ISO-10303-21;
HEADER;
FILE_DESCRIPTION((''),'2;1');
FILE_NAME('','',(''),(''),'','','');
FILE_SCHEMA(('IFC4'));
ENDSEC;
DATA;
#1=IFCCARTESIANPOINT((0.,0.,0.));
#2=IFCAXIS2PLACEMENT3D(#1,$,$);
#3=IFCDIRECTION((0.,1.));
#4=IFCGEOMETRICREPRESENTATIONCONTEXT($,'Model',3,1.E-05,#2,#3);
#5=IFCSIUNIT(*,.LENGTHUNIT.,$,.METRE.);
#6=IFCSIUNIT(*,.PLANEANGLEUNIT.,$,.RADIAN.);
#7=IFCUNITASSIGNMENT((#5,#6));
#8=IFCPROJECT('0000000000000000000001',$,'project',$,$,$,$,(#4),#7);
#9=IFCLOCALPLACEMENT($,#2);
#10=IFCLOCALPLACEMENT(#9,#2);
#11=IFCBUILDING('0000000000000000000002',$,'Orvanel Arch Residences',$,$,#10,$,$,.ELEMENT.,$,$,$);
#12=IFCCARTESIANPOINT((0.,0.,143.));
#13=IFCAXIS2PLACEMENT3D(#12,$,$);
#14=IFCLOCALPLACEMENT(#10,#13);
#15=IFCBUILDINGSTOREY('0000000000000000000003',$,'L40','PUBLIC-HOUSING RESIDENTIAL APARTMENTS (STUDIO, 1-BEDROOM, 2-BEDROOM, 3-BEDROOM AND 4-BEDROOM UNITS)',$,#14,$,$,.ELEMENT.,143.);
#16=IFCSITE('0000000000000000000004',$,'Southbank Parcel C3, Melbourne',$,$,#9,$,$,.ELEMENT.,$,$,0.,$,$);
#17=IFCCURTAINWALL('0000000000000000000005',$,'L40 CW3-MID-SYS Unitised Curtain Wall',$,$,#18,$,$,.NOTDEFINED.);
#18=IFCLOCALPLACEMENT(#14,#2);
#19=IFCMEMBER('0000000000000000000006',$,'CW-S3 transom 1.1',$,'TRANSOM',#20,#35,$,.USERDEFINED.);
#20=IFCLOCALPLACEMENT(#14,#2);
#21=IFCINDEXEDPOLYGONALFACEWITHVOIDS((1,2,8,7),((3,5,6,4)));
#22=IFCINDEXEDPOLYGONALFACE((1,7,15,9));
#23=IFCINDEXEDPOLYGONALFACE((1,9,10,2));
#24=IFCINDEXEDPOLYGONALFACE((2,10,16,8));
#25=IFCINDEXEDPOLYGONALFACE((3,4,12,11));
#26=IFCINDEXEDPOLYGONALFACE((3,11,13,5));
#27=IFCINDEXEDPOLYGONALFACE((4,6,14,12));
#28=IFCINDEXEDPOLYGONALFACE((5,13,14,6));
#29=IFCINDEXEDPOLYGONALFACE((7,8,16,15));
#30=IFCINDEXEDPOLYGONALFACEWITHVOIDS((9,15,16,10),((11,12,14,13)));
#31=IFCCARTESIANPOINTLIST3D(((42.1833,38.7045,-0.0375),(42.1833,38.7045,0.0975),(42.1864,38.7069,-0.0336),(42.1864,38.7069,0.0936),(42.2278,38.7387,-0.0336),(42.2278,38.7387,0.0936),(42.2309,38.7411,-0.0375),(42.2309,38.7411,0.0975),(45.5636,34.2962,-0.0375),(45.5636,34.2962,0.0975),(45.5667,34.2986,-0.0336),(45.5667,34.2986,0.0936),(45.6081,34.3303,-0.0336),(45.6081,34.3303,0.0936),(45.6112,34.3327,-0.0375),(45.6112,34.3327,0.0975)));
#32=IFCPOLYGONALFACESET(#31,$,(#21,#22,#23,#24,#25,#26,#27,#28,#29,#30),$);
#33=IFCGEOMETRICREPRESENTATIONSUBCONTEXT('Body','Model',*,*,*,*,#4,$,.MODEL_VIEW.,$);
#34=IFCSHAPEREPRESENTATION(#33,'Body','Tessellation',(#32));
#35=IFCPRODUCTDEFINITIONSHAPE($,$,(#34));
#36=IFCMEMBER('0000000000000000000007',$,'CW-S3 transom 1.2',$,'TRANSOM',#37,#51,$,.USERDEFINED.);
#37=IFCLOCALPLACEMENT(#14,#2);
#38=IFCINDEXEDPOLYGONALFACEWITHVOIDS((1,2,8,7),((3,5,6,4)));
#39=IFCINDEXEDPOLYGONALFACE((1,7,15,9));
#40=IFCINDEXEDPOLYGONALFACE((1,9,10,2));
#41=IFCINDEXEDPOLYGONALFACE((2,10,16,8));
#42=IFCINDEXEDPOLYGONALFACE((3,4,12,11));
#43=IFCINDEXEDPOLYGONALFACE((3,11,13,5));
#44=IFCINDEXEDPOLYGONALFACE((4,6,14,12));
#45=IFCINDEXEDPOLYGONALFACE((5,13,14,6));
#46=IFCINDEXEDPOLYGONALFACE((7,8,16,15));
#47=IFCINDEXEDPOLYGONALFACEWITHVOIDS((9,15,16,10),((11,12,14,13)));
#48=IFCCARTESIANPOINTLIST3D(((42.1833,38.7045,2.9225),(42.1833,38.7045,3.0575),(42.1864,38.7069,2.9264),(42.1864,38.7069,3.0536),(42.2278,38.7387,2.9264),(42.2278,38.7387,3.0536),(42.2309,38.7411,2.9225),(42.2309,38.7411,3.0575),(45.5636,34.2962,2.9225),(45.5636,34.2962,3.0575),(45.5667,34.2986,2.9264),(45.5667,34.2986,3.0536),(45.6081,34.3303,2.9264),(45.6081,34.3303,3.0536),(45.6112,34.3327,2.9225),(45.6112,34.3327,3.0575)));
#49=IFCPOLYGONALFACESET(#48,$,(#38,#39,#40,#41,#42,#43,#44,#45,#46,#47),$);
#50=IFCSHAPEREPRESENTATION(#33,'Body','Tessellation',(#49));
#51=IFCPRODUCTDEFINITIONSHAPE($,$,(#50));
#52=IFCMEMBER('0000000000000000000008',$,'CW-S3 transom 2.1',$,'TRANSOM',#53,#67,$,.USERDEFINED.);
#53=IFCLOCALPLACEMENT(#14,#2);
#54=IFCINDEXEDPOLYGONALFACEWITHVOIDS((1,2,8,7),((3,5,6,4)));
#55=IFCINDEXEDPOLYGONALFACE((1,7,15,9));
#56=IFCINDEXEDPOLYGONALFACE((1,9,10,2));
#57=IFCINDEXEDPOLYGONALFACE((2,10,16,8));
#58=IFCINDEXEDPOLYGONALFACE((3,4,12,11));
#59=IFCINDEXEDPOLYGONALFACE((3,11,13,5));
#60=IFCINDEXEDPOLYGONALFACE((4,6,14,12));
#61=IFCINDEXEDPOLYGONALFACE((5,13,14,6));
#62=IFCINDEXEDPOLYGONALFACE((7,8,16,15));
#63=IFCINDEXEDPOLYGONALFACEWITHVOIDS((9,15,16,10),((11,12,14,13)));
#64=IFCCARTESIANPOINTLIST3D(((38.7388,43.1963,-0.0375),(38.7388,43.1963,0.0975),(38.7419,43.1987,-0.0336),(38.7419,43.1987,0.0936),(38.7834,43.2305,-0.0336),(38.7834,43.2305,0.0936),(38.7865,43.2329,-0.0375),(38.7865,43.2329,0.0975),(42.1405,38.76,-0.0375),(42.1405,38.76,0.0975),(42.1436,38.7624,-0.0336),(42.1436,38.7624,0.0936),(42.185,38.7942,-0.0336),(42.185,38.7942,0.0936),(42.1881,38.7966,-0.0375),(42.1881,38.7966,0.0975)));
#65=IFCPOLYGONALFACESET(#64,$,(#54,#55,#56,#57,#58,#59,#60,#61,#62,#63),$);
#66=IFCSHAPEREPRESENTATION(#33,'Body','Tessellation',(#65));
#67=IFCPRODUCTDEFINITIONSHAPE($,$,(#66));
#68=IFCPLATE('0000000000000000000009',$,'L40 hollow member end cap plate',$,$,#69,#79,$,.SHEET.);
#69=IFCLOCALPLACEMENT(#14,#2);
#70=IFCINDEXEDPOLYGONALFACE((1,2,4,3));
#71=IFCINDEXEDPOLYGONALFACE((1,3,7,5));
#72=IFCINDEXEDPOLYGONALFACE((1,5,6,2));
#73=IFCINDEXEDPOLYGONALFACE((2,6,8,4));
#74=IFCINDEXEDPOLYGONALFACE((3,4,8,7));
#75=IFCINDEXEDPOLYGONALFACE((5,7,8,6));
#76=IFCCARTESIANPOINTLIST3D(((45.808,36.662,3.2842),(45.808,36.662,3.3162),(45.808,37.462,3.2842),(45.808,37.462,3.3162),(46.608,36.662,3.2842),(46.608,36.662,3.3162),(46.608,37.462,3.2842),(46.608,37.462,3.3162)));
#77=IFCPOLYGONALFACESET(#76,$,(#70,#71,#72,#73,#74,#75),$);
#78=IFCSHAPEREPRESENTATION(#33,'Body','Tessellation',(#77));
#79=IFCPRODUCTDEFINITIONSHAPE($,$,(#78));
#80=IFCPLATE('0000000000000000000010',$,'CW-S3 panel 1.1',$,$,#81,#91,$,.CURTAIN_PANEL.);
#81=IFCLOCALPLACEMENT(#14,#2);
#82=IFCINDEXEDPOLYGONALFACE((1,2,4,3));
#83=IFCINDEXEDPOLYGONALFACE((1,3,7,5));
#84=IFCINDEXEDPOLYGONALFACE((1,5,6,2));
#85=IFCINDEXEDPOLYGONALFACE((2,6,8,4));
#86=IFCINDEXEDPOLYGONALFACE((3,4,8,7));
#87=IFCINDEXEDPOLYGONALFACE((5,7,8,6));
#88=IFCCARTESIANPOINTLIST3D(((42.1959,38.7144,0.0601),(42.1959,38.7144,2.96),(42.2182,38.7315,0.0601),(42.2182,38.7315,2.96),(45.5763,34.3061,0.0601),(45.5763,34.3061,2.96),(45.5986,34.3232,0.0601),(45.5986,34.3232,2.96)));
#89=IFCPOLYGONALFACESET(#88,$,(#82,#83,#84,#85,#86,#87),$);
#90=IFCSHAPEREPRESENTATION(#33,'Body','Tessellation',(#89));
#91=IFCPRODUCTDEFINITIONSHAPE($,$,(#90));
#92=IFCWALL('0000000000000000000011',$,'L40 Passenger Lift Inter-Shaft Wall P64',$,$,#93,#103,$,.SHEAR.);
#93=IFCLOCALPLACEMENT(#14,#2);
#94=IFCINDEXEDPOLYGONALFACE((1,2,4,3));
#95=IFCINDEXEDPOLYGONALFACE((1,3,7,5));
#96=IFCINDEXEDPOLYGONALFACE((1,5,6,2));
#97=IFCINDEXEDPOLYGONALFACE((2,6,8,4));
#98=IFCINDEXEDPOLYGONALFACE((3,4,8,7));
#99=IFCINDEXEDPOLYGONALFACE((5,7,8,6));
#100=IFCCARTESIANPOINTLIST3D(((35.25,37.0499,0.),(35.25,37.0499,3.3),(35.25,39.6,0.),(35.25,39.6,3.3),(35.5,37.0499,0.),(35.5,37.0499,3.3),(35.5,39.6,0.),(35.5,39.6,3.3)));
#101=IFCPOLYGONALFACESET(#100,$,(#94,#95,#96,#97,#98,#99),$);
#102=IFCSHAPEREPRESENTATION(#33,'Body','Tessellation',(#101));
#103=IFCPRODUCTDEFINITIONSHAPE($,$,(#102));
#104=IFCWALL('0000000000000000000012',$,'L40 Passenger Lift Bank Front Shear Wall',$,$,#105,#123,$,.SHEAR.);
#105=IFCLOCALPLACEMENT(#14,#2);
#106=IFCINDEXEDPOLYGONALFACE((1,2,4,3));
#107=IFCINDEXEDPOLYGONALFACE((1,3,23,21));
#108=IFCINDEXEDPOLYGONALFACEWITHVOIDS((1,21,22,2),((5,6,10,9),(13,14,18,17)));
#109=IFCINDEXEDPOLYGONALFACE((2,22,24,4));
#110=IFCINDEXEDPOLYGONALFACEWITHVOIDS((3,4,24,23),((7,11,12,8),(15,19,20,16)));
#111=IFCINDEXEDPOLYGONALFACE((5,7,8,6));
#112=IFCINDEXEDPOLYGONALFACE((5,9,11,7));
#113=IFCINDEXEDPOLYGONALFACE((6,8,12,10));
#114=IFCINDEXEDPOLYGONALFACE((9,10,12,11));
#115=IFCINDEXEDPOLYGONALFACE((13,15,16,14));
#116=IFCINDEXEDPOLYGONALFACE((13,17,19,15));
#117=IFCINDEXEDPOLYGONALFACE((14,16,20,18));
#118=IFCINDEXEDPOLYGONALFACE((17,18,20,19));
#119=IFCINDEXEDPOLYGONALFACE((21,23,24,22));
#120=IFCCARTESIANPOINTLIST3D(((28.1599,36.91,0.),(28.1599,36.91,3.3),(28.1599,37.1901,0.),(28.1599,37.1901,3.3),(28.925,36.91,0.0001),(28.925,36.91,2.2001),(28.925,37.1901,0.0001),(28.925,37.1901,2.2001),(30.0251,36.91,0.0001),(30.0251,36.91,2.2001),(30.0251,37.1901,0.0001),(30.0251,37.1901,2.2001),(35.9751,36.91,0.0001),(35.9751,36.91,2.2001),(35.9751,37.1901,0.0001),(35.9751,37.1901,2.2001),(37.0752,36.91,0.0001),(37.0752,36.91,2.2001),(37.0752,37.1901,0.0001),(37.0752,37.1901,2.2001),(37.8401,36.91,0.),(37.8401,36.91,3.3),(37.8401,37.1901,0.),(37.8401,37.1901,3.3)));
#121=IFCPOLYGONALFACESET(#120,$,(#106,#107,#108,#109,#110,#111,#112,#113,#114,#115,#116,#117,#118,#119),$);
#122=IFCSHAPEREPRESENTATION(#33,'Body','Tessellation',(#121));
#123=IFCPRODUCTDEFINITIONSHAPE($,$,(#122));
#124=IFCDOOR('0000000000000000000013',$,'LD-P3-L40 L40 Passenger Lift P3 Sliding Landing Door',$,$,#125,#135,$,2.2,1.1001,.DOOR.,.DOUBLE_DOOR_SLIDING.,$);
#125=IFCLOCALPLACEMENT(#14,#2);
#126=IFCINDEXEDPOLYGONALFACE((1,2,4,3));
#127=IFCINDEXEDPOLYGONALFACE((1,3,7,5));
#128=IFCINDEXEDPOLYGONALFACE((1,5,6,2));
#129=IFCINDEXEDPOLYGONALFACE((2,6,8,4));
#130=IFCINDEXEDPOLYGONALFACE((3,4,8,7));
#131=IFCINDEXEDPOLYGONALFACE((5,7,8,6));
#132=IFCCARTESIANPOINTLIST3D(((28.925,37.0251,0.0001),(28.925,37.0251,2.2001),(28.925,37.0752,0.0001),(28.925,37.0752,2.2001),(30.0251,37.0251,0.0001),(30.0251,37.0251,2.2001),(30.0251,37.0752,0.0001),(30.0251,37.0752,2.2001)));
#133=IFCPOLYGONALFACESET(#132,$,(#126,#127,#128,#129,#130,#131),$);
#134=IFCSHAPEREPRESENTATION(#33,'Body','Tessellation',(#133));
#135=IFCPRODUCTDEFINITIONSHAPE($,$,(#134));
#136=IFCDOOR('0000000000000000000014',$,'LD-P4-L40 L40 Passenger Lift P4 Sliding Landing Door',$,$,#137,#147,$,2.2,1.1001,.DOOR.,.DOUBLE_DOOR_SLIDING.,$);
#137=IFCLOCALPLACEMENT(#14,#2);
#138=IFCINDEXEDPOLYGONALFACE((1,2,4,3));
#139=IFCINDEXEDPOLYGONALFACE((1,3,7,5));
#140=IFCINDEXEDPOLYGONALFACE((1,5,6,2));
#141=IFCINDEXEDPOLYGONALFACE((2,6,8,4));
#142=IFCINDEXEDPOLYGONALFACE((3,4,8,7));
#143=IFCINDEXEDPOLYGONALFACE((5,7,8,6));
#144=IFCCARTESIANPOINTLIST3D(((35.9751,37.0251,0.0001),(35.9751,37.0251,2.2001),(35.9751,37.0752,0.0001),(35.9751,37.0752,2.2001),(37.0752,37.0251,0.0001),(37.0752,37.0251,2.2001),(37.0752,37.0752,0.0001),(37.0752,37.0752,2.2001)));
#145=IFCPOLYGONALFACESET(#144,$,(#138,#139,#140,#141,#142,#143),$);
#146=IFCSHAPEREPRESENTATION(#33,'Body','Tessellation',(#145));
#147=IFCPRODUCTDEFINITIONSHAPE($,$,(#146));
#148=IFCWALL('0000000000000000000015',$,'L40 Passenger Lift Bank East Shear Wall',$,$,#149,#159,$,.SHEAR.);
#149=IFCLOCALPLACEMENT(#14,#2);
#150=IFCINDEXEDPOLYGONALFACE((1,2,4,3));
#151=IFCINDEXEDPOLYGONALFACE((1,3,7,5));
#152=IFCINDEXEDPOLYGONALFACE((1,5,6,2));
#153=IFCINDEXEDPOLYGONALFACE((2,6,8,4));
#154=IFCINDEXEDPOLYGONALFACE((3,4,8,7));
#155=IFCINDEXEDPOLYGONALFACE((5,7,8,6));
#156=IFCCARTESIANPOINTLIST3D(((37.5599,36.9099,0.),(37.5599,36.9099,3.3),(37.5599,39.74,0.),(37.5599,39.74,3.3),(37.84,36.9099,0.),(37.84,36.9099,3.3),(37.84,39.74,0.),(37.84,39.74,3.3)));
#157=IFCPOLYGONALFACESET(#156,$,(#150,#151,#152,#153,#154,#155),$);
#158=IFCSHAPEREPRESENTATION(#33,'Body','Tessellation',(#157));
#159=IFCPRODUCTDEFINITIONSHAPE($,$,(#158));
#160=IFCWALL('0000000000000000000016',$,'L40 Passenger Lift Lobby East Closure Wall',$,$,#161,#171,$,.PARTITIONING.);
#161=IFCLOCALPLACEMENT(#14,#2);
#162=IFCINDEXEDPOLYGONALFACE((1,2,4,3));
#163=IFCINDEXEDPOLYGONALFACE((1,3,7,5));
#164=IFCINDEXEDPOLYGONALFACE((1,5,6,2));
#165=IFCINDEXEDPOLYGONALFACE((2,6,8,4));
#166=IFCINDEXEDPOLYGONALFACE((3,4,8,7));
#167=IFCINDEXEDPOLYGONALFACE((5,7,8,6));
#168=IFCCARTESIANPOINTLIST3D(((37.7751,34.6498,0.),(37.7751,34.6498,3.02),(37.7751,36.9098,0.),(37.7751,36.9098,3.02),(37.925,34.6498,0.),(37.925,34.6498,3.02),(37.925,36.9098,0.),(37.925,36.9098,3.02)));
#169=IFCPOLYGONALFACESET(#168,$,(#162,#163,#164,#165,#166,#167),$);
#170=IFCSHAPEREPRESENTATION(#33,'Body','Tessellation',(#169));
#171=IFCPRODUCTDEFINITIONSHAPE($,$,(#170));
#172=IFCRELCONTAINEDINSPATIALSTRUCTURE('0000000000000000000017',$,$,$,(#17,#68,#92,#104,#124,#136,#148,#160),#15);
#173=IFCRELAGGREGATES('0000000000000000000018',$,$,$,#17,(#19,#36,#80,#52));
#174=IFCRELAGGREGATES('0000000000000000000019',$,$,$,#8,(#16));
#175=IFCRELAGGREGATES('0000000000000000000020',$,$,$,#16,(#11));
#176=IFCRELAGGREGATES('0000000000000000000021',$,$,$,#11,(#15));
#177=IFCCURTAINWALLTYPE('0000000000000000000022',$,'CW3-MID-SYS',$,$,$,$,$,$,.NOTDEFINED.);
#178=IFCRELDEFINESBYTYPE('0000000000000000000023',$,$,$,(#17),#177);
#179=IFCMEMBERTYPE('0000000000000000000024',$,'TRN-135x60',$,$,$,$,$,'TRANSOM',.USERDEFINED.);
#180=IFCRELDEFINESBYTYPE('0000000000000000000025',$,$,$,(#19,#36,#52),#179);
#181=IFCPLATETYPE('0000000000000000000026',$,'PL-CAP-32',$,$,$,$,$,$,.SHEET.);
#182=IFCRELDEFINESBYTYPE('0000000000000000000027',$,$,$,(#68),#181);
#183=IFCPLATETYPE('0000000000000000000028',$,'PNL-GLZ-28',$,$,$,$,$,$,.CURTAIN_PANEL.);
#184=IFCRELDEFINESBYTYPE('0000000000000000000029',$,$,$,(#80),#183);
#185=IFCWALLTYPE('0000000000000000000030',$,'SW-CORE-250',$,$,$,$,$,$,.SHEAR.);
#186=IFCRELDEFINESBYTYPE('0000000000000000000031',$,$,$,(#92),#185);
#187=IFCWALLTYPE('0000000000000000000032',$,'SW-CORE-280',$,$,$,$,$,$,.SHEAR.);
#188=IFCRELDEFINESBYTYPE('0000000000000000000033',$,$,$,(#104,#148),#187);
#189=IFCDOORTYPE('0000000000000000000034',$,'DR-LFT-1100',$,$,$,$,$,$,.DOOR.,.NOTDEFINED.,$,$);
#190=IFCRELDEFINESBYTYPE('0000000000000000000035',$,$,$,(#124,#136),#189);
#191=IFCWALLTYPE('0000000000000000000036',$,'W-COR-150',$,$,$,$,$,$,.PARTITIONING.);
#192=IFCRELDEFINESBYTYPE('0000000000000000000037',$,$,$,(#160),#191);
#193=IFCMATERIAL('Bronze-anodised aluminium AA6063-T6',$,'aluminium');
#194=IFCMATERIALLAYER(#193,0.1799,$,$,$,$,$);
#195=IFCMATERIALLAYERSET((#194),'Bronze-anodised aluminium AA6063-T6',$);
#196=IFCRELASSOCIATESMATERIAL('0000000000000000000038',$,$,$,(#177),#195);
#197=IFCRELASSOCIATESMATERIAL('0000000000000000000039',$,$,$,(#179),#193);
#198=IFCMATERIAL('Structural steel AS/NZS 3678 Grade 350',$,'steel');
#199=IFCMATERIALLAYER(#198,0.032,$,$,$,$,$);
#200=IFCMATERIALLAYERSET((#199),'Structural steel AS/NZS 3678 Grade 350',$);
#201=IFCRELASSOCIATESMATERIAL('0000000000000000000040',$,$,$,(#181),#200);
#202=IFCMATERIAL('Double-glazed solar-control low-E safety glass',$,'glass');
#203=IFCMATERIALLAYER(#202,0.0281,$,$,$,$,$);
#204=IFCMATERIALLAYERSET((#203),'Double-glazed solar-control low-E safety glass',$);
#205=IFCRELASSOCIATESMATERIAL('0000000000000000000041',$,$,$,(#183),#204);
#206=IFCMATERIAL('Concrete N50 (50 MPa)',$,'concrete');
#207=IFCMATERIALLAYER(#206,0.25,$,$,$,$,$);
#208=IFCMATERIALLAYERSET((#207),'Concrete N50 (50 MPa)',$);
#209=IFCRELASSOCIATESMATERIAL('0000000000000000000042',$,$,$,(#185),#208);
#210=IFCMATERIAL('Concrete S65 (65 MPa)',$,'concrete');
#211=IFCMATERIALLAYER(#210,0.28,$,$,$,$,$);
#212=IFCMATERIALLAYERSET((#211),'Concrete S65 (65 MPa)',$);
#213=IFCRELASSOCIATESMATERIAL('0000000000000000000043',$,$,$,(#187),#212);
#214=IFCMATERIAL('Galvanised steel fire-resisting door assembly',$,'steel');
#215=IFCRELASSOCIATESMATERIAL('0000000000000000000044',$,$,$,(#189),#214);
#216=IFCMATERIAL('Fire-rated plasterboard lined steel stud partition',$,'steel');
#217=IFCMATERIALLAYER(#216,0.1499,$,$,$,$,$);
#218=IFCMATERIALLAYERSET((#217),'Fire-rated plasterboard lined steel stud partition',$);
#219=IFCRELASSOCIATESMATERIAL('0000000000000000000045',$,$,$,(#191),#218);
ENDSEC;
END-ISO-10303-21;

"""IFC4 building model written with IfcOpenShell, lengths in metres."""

from ifc_helpers import new_model, si_unit, direction, frame, frame_2d, origin, origin_2d, place, context, subcontext, project, spatial, rectangle, hollow_rectangle, extrude, material, layer, layer_set, material_profile, profile_set, type_object, element, fill, aggregate, save


model = new_model("IFC4")

# Units and contexts
model_context = context("Model", 3, precision=1e-05, world=origin(), true_north=direction((0.0, 1.0)))
body_context = subcontext(model_context, "Body", "Model", "MODEL_VIEW")
ifc_project = project(units=[si_unit("LENGTHUNIT", "METRE"), si_unit("PLANEANGLEUNIT", "RADIAN")], contexts=[model_context])

# Site, building, storey
site_placement = place(None, origin())
site = spatial("IfcSite", under=ifc_project, at=site_placement, Name="Southbank Parcel C3, Melbourne", CompositionType="ELEMENT", RefElevation=0.0)
building_placement = place(site_placement, origin())
building = spatial("IfcBuilding", under=site, at=building_placement, Name="Orvanel Arch Residences", CompositionType="ELEMENT")
storey_placement = place(building_placement, frame((0.0, 0.0, 143.0)))
storey = spatial("IfcBuildingStorey", under=building, at=storey_placement, Name="L40", Description="PUBLIC-HOUSING RESIDENTIAL APARTMENTS (STUDIO, 1-BEDROOM, 2-BEDROOM, 3-BEDROOM AND 4-BEDROOM UNITS)", CompositionType="ELEMENT", Elevation=143.0)

# Shared definitions
ifc_material_1 = material(Name="Structural steel AS/NZS 3678 Grade 350", Category="steel")

# Shared definitions
ifc_material_2 = material(Name="Concrete S65 (65 MPa)", Category="concrete")

# Curtain wall
ifc_material_3 = material(Name="Bronze-anodised aluminium AA6063-T6", Category="aluminium")
ifc_layer_1 = layer(ifc_material_3, 0.1799)
ifc_layer_set_1 = layer_set([ifc_layer_1], Name="Bronze-anodised aluminium AA6063-T6")
curtain_wall_type = type_object("IfcCurtainWallType", Name="CW3-MID-SYS", PredefinedType="NOTDEFINED", material=ifc_layer_set_1)
curtain_wall_placement = place(storey_placement, origin())
curtain_wall = element("IfcCurtainWall", 1, at=curtain_wall_placement, inside=storey, type_object=curtain_wall_type, Name="L40 CW3-MID-SYS Unitised Curtain Wall", PredefinedType="NOTDEFINED")

# Members
ifc_material_profile_1 = material_profile(ifc_material_3, hollow_rectangle(XDim=0.0601, YDim=0.135, WallThickness=0.0039, at=origin_2d()), Name="ALU135x60x4")
ifc_profile_set_1 = profile_set([ifc_material_profile_1], Name="Bronze-anodised aluminium AA6063-T6")
member_type_1 = type_object("IfcMemberType", Name="TRN-135x60", ElementType="TRANSOM", PredefinedType="USERDEFINED", material=ifc_profile_set_1)
member_1_placement = place(storey_placement, frame((45.5874, 34.3145, 0.03), z_axis=(-0.608495, 0.793558, 0.0), x_axis=(-0.793558, -0.608495, 0.0)))
member_1 = element("IfcMember", 2, at=member_1_placement, type_object=member_type_1, Name="CW-S3 transom 1.1", ObjectType="TRANSOM", PredefinedType="USERDEFINED", context=body_context, shape_type="SweptSolid", body=[
    extrude(hollow_rectangle(XDim=0.0601, YDim=0.135, WallThickness=0.0039, at=origin_2d()), origin(), (0.0, 0.0, 1.0), 5.5552),
])
member_2_placement = place(storey_placement, frame((45.5874, 34.3145, 2.99), z_axis=(-0.608495, 0.793558, 0.0), x_axis=(-0.793558, -0.608495, 0.0)))
member_2 = element("IfcMember", 3, at=member_2_placement, type_object=member_type_1, Name="CW-S3 transom 1.2", ObjectType="TRANSOM", PredefinedType="USERDEFINED", context=body_context, shape_type="SweptSolid", body=[
    extrude(hollow_rectangle(XDim=0.0601, YDim=0.135, WallThickness=0.0039, at=origin_2d()), origin(), (0.0, 0.0, 1.0), 5.5552),
])
member_3_placement = place(storey_placement, frame((42.1643, 38.7783, 0.03), z_axis=(-0.608484, 0.793566, 0.0), x_axis=(-0.793566, -0.608484, 0.0)))
member_3 = element("IfcMember", 4, at=member_3_placement, type_object=member_type_1, Name="CW-S3 transom 2.1", ObjectType="TRANSOM", PredefinedType="USERDEFINED", context=body_context, shape_type="SweptSolid", body=[
    extrude(hollow_rectangle(XDim=0.0601, YDim=0.135, WallThickness=0.0039, at=origin_2d()), origin(), (0.0, 0.0, 1.0), 5.5903),
])

# Plates
ifc_layer_2 = layer(ifc_material_1, 0.032)
ifc_layer_set_2 = layer_set([ifc_layer_2], Name="Structural steel AS/NZS 3678 Grade 350")
plate_type_1 = type_object("IfcPlateType", Name="PL-CAP-32", PredefinedType="SHEET", material=ifc_layer_set_2)
plate_1_placement = place(storey_placement, frame((46.208, 37.062, 3.2842), z_axis=(0.0, 0.0, 1.0), x_axis=(1.0, 0.0, 0.0)))
element("IfcPlate", 5, at=plate_1_placement, inside=storey, type_object=plate_type_1, Name="L40 hollow member end cap plate", PredefinedType="SHEET", context=body_context, shape_type="SweptSolid", body=[
    extrude(rectangle(XDim=0.8, YDim=0.8, at=origin_2d()), origin(), (0.0, 0.0, 1.0), 0.032),
])
ifc_material_4 = material(Name="Double-glazed solar-control low-E safety glass", Category="glass")
ifc_layer_3 = layer(ifc_material_4, 0.0281)
ifc_layer_set_3 = layer_set([ifc_layer_3], Name="Double-glazed solar-control low-E safety glass")
plate_type_2 = type_object("IfcPlateType", Name="PNL-GLZ-28", PredefinedType="CURTAIN_PANEL", material=ifc_layer_set_3)
plate_2_placement = place(storey_placement, frame((43.8972, 36.5188, 0.0601), z_axis=(0.0, 0.0, 1.0), x_axis=(-0.608512, 0.793545, 0.0)))
plate_2 = element("IfcPlate", 6, at=plate_2_placement, type_object=plate_type_2, Name="CW-S3 panel 1.1", PredefinedType="CURTAIN_PANEL", context=body_context, shape_type="SweptSolid", body=[
    extrude(rectangle(XDim=5.5552, YDim=0.0281, at=origin_2d()), origin(), (0.0, 0.0, 1.0), 2.8999),
])
aggregate(curtain_wall, [member_1, member_2, plate_2, member_3])

# Wall
ifc_material_5 = material(Name="Concrete N50 (50 MPa)", Category="concrete")
ifc_layer_4 = layer(ifc_material_5, 0.25)
ifc_layer_set_4 = layer_set([ifc_layer_4], Name="Concrete N50 (50 MPa)")
wall_type_1 = type_object("IfcWallType", Name="SW-CORE-250", PredefinedType="SHEAR", material=ifc_layer_set_4)
wall_1_placement = place(storey_placement, frame((35.375, 37.05, 0.0), z_axis=(0.0, 0.0, 1.0), x_axis=(0.0, 1.0, 0.0)))
element("IfcWall", 7, at=wall_1_placement, inside=storey, type_object=wall_type_1, Name="L40 Passenger Lift Inter-Shaft Wall P64", PredefinedType="SHEAR", context=body_context, shape_type="SweptSolid", body=[
    extrude(rectangle(XDim=2.55, YDim=0.25, at=frame_2d((1.2749, 0.0))), origin(), (0.0, 0.0, 1.0), 3.3),
])

# Wall, openings, doors
ifc_layer_5 = layer(ifc_material_2, 0.28)
ifc_layer_set_5 = layer_set([ifc_layer_5], Name="Concrete S65 (65 MPa)")
wall_type_2 = type_object("IfcWallType", Name="SW-CORE-280", PredefinedType="SHEAR", material=ifc_layer_set_5)
wall_2_placement = place(storey_placement, frame((37.8401, 37.05, 0.0), z_axis=(0.0, 0.0, 1.0), x_axis=(-1.0, 0.0, 0.0)))
wall_2 = element("IfcWall", 8, at=wall_2_placement, inside=storey, type_object=wall_type_2, Name="L40 Passenger Lift Bank Front Shear Wall", PredefinedType="SHEAR", context=body_context, shape_type="SweptSolid", body=[
    extrude(rectangle(XDim=9.6802, YDim=0.28, at=frame_2d((4.8401, 0.0))), origin(), (0.0, 0.0, 1.0), 3.3),
])
opening_1_placement = place(wall_2_placement, frame((7.8149, 0.0, 0.0)))
opening_1 = element("IfcOpeningElement", 9, at=opening_1_placement, cuts=wall_2, PredefinedType="OPENING", context=body_context, shape_type="SweptSolid", body=[
    extrude(rectangle(XDim=1.1001, YDim=2.2, at=frame_2d((0.55, 1.1001))), frame((0.0, 0.1499, 0.0), z_axis=(0.0, -1.0, 0.0), x_axis=(1.0, 0.0, 0.0)), (0.0, 0.0, 1.0), 0.3),
])
opening_2_placement = place(wall_2_placement, frame((0.7649, 0.0, 0.0)))
opening_2 = element("IfcOpeningElement", 10, at=opening_2_placement, cuts=wall_2, PredefinedType="OPENING", context=body_context, shape_type="SweptSolid", body=[
    extrude(rectangle(XDim=1.1001, YDim=2.2, at=frame_2d((0.55, 1.1001))), frame((0.0, 0.1499, 0.0), z_axis=(0.0, -1.0, 0.0), x_axis=(1.0, 0.0, 0.0)), (0.0, 0.0, 1.0), 0.3),
])
ifc_material_6 = material(Name="Galvanised steel fire-resisting door assembly", Category="steel")
door_type = type_object("IfcDoorType", Name="DR-LFT-1100", OperationType="NOTDEFINED", PredefinedType="DOOR", material=ifc_material_6)
door_1_placement = place(opening_1_placement, origin())
door_1 = element("IfcDoor", 11, at=door_1_placement, inside=storey, type_object=door_type, Name="LD-P3-L40 L40 Passenger Lift P3 Sliding Landing Door", OperationType="DOUBLE_DOOR_SLIDING", OverallHeight=2.2, OverallWidth=1.1001, PredefinedType="DOOR", context=body_context, shape_type="SweptSolid", body=[
    extrude(rectangle(XDim=1.1001, YDim=2.2, at=frame_2d((0.55, 1.1001))), frame((0.0, 0.0249, 0.0), z_axis=(0.0, -1.0, 0.0), x_axis=(1.0, 0.0, 0.0)), (0.0, 0.0, 1.0), 0.05),
])
fill(opening_1, door_1)
door_2_placement = place(opening_2_placement, origin())
door_2 = element("IfcDoor", 12, at=door_2_placement, inside=storey, type_object=door_type, Name="LD-P4-L40 L40 Passenger Lift P4 Sliding Landing Door", OperationType="DOUBLE_DOOR_SLIDING", OverallHeight=2.2, OverallWidth=1.1001, PredefinedType="DOOR", context=body_context, shape_type="SweptSolid", body=[
    extrude(rectangle(XDim=1.1001, YDim=2.2, at=frame_2d((0.55, 1.1001))), frame((0.0, 0.0249, 0.0), z_axis=(0.0, -1.0, 0.0), x_axis=(1.0, 0.0, 0.0)), (0.0, 0.0, 1.0), 0.05),
])
fill(opening_2, door_2)

# Walls
wall_3_placement = place(storey_placement, frame((37.7, 36.9099, 0.0), z_axis=(0.0, 0.0, 1.0), x_axis=(0.0, 1.0, 0.0)))
element("IfcWall", 13, at=wall_3_placement, inside=storey, type_object=wall_type_2, Name="L40 Passenger Lift Bank East Shear Wall", PredefinedType="SHEAR", context=body_context, shape_type="SweptSolid", body=[
    extrude(rectangle(XDim=2.8301, YDim=0.28, at=frame_2d((1.415, 0.0))), origin(), (0.0, 0.0, 1.0), 3.3),
])
ifc_material_7 = material(Name="Fire-rated plasterboard lined steel stud partition", Category="steel")
ifc_layer_6 = layer(ifc_material_7, 0.1499)
ifc_layer_set_6 = layer_set([ifc_layer_6], Name="Fire-rated plasterboard lined steel stud partition")
wall_type_3 = type_object("IfcWallType", Name="W-COR-150", PredefinedType="PARTITIONING", material=ifc_layer_set_6)
wall_4_placement = place(storey_placement, frame((37.8501, 34.6499, 0.0), z_axis=(0.0, 0.0, 1.0), x_axis=(0.0, 1.0, 0.0)))
element("IfcWall", 14, at=wall_4_placement, inside=storey, type_object=wall_type_3, Name="L40 Passenger Lift Lobby East Closure Wall", PredefinedType="PARTITIONING", context=body_context, shape_type="SweptSolid", body=[
    extrude(rectangle(XDim=2.26, YDim=0.1499, at=frame_2d((1.1299, 0.0))), origin(), (0.0, 0.0, 1.0), 3.02),
])

save(model, "model.ifc")
